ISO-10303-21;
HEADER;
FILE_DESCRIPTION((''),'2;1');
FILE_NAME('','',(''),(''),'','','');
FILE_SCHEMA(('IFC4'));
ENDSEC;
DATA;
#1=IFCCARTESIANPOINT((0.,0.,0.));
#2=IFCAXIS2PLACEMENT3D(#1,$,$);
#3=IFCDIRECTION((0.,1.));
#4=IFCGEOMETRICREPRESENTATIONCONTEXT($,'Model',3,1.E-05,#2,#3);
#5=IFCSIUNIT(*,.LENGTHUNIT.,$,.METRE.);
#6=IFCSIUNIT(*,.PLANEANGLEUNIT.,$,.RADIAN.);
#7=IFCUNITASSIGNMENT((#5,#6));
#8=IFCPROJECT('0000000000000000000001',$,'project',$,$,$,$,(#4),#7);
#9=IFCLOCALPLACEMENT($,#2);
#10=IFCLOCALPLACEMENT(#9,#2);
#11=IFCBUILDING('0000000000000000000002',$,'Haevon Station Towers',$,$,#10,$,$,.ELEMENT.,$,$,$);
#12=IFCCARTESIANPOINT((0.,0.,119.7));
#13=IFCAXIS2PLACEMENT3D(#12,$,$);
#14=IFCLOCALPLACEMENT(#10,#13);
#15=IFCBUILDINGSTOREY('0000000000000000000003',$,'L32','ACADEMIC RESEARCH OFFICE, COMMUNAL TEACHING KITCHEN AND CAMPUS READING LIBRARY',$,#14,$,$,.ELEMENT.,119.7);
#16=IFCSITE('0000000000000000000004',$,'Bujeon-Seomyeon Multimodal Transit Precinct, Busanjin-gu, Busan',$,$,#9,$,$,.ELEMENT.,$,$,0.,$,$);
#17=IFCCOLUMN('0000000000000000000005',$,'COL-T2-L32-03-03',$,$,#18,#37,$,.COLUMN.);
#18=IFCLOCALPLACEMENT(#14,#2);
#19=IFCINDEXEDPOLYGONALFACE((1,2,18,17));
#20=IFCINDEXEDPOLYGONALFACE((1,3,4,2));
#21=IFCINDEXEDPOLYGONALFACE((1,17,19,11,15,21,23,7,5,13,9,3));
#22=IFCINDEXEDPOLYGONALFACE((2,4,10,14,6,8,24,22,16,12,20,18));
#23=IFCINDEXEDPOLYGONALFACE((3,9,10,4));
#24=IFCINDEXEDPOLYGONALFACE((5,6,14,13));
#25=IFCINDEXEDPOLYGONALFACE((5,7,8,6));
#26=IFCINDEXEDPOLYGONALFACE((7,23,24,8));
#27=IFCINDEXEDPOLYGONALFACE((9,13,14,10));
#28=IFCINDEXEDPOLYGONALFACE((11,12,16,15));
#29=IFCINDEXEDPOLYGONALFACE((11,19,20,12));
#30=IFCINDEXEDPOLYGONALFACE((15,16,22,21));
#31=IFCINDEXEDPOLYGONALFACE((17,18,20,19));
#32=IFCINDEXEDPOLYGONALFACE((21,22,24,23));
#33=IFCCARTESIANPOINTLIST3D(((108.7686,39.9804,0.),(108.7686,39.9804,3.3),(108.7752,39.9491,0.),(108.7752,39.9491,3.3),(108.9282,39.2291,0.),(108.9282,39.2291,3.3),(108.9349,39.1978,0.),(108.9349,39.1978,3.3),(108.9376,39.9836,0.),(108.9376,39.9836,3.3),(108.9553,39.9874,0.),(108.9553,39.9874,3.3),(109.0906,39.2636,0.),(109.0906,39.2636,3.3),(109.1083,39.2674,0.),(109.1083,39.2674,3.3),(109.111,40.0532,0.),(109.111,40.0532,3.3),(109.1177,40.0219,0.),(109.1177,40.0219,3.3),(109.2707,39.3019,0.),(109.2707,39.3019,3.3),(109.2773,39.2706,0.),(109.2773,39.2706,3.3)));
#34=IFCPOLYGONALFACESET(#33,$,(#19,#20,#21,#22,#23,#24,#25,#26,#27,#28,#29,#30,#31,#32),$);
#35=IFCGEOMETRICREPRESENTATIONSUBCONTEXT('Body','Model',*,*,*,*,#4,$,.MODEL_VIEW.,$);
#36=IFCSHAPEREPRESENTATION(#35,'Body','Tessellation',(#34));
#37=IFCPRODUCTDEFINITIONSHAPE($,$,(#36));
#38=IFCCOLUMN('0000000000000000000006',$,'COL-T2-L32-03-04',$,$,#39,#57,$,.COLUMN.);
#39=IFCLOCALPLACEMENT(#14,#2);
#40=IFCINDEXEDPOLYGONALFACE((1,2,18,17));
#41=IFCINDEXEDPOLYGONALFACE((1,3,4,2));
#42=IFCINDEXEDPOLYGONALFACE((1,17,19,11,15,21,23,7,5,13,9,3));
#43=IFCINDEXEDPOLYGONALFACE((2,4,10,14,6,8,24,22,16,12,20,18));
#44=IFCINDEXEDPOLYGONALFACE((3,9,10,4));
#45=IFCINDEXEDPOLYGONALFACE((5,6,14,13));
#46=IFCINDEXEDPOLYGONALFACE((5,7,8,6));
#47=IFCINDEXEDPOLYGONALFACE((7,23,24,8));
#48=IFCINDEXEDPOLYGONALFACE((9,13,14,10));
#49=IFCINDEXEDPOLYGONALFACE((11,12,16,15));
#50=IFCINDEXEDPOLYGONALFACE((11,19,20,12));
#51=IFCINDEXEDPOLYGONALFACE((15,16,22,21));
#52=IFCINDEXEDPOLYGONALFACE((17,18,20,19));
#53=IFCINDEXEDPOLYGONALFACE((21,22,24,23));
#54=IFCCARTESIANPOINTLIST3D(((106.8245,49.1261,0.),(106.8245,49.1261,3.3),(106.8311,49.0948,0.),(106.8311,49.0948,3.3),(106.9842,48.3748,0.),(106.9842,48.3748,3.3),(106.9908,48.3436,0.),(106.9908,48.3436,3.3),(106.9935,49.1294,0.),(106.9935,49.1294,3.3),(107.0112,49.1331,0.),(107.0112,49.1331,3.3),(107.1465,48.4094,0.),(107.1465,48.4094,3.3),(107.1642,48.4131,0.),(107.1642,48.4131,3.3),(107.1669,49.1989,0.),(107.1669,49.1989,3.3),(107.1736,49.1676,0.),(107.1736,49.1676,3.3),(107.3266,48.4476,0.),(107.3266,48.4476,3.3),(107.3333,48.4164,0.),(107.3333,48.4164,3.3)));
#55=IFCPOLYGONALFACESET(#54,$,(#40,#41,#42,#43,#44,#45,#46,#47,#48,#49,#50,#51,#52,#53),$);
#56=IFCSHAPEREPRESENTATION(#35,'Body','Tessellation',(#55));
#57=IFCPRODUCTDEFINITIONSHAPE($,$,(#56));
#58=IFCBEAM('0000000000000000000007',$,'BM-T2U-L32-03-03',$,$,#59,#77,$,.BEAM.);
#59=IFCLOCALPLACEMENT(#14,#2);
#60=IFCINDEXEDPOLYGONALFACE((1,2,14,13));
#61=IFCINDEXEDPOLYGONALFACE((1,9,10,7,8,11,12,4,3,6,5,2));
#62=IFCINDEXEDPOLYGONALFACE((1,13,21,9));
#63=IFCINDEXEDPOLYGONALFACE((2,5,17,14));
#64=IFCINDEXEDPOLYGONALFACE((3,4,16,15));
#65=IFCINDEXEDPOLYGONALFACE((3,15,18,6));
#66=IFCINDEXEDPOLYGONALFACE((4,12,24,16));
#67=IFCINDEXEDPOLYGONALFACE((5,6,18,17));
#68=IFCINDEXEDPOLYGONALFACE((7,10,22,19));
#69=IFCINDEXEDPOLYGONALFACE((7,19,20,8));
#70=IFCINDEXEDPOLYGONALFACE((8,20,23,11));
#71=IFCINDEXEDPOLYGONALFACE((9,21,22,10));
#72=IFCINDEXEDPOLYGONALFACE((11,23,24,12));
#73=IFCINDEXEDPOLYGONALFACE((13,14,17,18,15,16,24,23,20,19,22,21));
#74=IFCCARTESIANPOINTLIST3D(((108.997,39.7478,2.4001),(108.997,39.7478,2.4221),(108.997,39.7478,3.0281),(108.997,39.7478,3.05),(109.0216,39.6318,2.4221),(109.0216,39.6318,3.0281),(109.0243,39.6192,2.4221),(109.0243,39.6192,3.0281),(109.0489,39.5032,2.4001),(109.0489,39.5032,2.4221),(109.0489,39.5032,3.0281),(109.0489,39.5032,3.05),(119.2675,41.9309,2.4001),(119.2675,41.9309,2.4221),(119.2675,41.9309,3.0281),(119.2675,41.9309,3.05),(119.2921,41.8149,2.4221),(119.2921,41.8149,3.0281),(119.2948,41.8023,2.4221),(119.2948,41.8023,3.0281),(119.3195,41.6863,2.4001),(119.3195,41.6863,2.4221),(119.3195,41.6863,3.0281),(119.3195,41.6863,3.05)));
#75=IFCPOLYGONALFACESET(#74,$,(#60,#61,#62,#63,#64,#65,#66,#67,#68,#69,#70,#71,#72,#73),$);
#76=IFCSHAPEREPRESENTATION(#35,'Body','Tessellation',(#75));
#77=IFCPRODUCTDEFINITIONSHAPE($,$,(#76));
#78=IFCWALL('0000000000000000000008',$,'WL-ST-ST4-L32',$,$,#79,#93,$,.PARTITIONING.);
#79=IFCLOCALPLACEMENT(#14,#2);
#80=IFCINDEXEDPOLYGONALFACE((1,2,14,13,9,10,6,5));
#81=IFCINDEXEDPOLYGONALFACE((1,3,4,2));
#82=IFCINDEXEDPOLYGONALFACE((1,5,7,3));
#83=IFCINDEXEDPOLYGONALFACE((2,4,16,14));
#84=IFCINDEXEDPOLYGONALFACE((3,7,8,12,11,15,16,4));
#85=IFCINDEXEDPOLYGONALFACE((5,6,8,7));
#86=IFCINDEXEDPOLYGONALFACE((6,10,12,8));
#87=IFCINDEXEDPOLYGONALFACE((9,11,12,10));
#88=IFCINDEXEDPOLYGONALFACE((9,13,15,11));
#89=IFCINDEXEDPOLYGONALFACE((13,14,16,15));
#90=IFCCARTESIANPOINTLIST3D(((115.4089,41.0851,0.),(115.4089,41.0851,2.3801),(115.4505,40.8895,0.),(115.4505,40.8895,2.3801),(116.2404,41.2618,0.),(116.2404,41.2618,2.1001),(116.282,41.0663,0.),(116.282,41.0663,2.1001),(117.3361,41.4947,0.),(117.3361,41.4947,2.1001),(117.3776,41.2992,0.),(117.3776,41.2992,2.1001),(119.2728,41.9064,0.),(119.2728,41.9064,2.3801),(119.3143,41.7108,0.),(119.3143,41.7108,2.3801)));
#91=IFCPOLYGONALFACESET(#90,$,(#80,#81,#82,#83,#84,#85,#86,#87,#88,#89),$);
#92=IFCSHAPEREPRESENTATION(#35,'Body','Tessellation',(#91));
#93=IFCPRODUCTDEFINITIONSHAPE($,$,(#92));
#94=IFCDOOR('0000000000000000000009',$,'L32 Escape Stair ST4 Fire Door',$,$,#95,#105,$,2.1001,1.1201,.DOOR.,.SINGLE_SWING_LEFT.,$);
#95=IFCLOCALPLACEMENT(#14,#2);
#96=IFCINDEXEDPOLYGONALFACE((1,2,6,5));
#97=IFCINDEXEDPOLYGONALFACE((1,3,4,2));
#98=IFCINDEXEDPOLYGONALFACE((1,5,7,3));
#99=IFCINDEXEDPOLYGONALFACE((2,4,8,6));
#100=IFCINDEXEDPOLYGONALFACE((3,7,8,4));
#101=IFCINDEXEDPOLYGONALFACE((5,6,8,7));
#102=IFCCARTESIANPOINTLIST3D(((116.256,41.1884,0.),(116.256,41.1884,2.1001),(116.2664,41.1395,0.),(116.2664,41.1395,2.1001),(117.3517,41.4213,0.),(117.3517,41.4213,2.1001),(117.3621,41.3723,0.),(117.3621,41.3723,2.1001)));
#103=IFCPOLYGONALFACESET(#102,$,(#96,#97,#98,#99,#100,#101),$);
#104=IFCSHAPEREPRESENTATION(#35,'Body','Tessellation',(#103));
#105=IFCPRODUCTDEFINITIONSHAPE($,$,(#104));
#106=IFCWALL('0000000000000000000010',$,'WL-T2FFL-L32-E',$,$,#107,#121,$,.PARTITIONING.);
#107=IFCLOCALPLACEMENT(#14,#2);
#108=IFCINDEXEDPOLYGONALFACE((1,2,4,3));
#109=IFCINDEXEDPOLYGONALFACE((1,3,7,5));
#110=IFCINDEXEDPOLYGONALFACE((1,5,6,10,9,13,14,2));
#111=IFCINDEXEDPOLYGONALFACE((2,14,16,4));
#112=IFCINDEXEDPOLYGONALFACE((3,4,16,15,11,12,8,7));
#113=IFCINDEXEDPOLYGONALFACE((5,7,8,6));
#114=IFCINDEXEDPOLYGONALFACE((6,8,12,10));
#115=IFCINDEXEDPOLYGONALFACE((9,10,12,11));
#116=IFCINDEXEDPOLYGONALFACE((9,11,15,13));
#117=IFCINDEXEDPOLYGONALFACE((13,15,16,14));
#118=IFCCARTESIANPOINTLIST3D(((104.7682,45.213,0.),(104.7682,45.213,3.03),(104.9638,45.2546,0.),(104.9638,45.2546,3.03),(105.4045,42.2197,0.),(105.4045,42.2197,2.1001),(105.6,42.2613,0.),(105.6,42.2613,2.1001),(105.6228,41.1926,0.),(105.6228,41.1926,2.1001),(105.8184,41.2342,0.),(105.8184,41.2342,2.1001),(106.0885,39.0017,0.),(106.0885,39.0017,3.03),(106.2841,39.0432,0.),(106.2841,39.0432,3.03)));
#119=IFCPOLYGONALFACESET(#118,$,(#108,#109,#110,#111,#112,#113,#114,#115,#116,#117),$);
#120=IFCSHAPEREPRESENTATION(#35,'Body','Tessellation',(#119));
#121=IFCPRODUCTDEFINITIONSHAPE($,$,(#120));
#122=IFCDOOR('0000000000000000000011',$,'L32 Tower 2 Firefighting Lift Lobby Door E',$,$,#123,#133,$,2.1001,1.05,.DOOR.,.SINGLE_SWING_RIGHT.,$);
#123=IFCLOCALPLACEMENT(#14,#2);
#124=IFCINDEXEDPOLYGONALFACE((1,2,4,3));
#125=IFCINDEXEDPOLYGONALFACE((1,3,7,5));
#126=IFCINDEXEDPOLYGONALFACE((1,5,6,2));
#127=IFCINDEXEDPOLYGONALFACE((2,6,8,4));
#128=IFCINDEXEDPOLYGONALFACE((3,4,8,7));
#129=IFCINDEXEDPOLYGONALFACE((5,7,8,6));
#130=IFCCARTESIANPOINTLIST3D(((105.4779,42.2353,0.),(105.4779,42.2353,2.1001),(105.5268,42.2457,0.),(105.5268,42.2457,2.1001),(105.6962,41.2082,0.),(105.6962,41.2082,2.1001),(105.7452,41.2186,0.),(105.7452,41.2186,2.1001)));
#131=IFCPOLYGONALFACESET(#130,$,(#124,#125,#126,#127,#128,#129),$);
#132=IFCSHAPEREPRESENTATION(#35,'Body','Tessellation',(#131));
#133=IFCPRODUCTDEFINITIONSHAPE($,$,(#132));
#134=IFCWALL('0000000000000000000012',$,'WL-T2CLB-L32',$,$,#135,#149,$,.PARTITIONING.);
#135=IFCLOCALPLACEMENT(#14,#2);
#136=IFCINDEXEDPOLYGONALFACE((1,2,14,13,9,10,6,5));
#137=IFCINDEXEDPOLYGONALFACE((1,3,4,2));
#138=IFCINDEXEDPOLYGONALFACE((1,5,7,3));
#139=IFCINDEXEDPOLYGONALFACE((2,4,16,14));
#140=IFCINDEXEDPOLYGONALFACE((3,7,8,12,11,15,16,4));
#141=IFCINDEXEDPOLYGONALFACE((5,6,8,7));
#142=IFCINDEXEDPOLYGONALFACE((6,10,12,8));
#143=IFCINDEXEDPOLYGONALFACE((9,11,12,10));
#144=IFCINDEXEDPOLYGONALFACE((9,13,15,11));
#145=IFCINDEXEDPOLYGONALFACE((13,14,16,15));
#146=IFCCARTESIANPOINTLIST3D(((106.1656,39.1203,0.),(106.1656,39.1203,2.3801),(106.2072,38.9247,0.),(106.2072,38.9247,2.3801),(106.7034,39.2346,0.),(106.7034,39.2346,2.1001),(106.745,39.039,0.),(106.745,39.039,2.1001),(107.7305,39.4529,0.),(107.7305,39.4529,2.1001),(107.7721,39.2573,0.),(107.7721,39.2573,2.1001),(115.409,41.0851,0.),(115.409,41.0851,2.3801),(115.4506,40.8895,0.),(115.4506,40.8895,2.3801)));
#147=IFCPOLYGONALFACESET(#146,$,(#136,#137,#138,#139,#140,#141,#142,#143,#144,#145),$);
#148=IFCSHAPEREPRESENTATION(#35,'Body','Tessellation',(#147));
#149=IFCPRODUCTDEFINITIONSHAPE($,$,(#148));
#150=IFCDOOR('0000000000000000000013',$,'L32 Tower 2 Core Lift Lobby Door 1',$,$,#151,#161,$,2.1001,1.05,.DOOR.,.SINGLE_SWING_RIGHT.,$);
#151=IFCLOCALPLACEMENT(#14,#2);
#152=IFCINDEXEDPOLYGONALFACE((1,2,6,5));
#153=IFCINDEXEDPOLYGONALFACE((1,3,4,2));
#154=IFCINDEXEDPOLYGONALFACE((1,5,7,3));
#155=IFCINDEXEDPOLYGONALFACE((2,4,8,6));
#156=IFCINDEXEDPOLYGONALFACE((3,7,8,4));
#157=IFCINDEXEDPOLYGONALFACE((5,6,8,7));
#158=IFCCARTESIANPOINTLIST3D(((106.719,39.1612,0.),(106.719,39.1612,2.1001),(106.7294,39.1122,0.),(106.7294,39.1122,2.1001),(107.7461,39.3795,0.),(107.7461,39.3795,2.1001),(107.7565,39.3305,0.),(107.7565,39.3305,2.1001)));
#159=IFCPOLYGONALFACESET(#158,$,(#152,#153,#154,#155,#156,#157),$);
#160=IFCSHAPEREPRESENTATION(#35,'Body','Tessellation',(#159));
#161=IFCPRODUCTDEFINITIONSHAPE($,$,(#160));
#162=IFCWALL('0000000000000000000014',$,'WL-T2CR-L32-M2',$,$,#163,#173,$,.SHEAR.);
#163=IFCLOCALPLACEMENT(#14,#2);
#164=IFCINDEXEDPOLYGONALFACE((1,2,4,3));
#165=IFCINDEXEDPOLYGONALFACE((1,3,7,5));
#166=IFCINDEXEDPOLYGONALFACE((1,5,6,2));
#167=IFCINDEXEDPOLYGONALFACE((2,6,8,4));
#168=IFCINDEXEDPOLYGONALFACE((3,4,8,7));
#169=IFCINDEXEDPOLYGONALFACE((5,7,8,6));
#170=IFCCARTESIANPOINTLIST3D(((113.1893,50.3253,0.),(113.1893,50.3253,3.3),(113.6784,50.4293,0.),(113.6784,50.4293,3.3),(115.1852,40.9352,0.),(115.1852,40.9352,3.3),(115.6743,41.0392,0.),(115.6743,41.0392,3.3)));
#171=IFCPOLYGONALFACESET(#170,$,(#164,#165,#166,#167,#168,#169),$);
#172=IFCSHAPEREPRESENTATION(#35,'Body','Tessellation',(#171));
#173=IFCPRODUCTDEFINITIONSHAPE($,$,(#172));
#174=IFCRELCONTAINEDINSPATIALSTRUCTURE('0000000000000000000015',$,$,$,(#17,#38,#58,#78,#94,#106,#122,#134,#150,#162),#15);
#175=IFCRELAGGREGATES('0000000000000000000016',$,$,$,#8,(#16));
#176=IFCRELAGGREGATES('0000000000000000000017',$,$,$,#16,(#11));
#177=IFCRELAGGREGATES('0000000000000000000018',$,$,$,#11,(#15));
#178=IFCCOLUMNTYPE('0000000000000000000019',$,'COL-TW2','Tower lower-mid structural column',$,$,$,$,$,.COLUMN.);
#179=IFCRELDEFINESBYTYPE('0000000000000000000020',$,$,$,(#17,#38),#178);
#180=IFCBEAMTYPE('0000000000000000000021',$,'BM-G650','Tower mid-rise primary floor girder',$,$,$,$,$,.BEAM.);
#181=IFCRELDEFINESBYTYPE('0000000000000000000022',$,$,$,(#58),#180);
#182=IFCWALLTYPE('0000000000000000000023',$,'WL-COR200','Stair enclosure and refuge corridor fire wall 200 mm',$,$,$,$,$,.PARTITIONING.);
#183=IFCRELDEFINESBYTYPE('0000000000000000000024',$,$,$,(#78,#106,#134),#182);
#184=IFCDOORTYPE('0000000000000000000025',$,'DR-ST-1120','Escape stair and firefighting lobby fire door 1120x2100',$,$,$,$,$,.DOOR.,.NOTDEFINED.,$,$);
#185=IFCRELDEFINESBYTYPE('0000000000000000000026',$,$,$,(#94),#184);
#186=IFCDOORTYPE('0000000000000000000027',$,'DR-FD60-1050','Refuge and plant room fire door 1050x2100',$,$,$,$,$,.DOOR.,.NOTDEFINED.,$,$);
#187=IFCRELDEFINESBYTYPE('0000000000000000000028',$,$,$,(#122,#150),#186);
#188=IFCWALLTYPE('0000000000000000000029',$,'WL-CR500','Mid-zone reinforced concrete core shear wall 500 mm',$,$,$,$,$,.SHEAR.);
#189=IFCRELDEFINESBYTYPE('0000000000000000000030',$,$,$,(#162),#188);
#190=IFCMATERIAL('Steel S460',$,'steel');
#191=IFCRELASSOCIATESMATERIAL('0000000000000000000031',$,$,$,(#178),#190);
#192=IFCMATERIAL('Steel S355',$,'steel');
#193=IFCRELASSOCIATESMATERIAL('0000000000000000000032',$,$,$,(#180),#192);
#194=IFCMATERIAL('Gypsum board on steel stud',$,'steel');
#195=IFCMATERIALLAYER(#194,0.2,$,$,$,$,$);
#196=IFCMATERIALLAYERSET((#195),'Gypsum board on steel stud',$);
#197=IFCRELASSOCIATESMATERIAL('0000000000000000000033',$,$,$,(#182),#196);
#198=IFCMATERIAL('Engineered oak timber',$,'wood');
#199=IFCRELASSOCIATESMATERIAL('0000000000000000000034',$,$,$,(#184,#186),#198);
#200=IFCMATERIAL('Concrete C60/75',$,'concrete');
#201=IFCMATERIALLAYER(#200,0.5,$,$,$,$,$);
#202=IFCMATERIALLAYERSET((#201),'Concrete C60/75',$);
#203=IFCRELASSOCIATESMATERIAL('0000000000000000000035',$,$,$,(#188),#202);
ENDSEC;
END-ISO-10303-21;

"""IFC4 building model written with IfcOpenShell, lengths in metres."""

from ifc_helpers import new_model, si_unit, direction, frame, frame_2d, origin, origin_2d, place, context, subcontext, project, spatial, rectangle, i_section, extrude, material, layer, layer_set, material_profile, profile_set, type_object, element, fill, save


model = new_model("IFC4")

# Units and contexts
model_context = context("Model", 3, precision=1e-05, world=origin(), true_north=direction((0.0, 1.0)))
body_context = subcontext(model_context, "Body", "Model", "MODEL_VIEW")
ifc_project = project(units=[si_unit("LENGTHUNIT", "METRE"), si_unit("PLANEANGLEUNIT", "RADIAN")], contexts=[model_context])

# Site, building, storey
site_placement = place(None, origin())
site = spatial("IfcSite", under=ifc_project, at=site_placement, Name="Bujeon-Seomyeon Multimodal Transit Precinct, Busanjin-gu, Busan", CompositionType="ELEMENT", RefElevation=0.0)
building_placement = place(site_placement, origin())
building = spatial("IfcBuilding", under=site, at=building_placement, Name="Haevon Station Towers", CompositionType="ELEMENT")
storey_placement = place(building_placement, frame((0.0, 0.0, 119.7)))
storey = spatial("IfcBuildingStorey", under=building, at=storey_placement, Name="L32", Description="ACADEMIC RESEARCH OFFICE, COMMUNAL TEACHING KITCHEN AND CAMPUS READING LIBRARY", CompositionType="ELEMENT", Elevation=119.7)

# Columns
ifc_material_1 = material(Name="Steel S460", Category="steel")
ifc_material_profile_1 = material_profile(ifc_material_1, i_section(OverallWidth=0.3501, OverallDepth=0.8, WebThickness=0.0181, FlangeThickness=0.032, at=origin_2d()), Name="H-800x350x18x32")
ifc_profile_set_1 = profile_set([ifc_material_profile_1], Name="Steel S460")
column_type = type_object("IfcColumnType", Name="COL-TW2", Description="Tower lower-mid structural column", PredefinedType="COLUMN", material=ifc_profile_set_1)
for number, where, z_axis, x_axis, name in (
    (1, (109.0229, 39.6255, 0.0), (0.0, 0.0, 1.0), (0.978148, 0.207912, 0.0), "COL-T2-L32-03-03"),
    (2, (107.0789, 48.7712, 0.0), (0.0, 0.0, 1.0), (0.978148, 0.207912, 0.0), "COL-T2-L32-03-04"),
):
    element("IfcColumn", number, at=place(storey_placement, frame(where, z_axis=z_axis, x_axis=x_axis)), inside=storey, type_object=column_type, Name=name, PredefinedType="COLUMN", context=body_context, shape_type="SweptSolid", body=[
        extrude(i_section(OverallWidth=0.3501, OverallDepth=0.8, WebThickness=0.0181, FlangeThickness=0.032, at=origin_2d()), origin(), (0.0, 0.0, 1.0), 3.3),
    ])

# Beam
ifc_material_2 = material(Name="Steel S355", Category="steel")
ifc_material_profile_2 = material_profile(ifc_material_2, i_section(OverallWidth=0.25, OverallDepth=0.6499, WebThickness=0.0129, FlangeThickness=0.022, at=origin_2d()), Name="H-650x250x13x22")
ifc_profile_set_2 = profile_set([ifc_material_profile_2], Name="Steel S355")
beam_type = type_object("IfcBeamType", Name="BM-G650", Description="Tower mid-rise primary floor girder", PredefinedType="BEAM", material=ifc_profile_set_2)
beam_placement = place(storey_placement, frame((109.0229, 39.6255, 2.7251), z_axis=(0.978147, 0.207915, 0.0), x_axis=(-0.207915, 0.978147, 0.0)))
element("IfcBeam", 3, at=beam_placement, inside=storey, type_object=beam_type, Name="BM-T2U-L32-03-03", PredefinedType="BEAM", context=body_context, shape_type="SweptSolid", body=[
    extrude(i_section(OverallWidth=0.25, OverallDepth=0.6499, WebThickness=0.0129, FlangeThickness=0.022, at=origin_2d()), origin(), (0.0, 0.0, 1.0), 10.5),
])

# Walls, openings, doors
ifc_material_3 = material(Name="Gypsum board on steel stud", Category="steel")
ifc_layer_1 = layer(ifc_material_3, 0.2)
ifc_layer_set_1 = layer_set([ifc_layer_1], Name="Gypsum board on steel stud")
wall_type_1 = type_object("IfcWallType", Name="WL-COR200", Description="Stair enclosure and refuge corridor fire wall 200 mm", PredefinedType="PARTITIONING", material=ifc_layer_set_1)
wall_1_placement = place(storey_placement, frame((115.4297, 40.9873, 0.0), z_axis=(0.0, 0.0, 1.0), x_axis=(0.978147, 0.207916, 0.0)))
wall_1 = element("IfcWall", 4, at=wall_1_placement, inside=storey, type_object=wall_type_1, Name="WL-ST-ST4-L32", PredefinedType="PARTITIONING", context=body_context, shape_type="SweptSolid", body=[
    extrude(rectangle(XDim=3.9502, YDim=0.2, at=frame_2d((1.9751, 0.0))), origin(), (0.0, 0.0, 1.0), 2.3801),
])
opening_1_placement = place(wall_1_placement, frame((0.8501, 0.0, 0.0)))
opening_1 = element("IfcOpeningElement", 5, at=opening_1_placement, cuts=wall_1, PredefinedType="OPENING", context=body_context, shape_type="SweptSolid", body=[
    extrude(rectangle(XDim=1.1201, YDim=2.1001, at=frame_2d((0.5601, 1.05))), frame((0.0, 0.1099, 0.0), z_axis=(0.0, -1.0, 0.0), x_axis=(1.0, 0.0, 0.0)), (0.0, 0.0, 1.0), 0.22),
])
ifc_material_4 = material(Name="Engineered oak timber", Category="wood")
door_type_1 = type_object("IfcDoorType", Name="DR-ST-1120", Description="Escape stair and firefighting lobby fire door 1120x2100", OperationType="NOTDEFINED", PredefinedType="DOOR", material=ifc_material_4)
door_1_placement = place(opening_1_placement, origin())
door_1 = element("IfcDoor", 6, at=door_1_placement, inside=storey, type_object=door_type_1, Name="L32 Escape Stair ST4 Fire Door", OperationType="SINGLE_SWING_LEFT", OverallHeight=2.1001, OverallWidth=1.1201, PredefinedType="DOOR", context=body_context, shape_type="SweptSolid", body=[
    extrude(rectangle(XDim=1.1201, YDim=2.1001, at=frame_2d((0.5601, 1.05))), frame((0.0, 0.0249, 0.0), z_axis=(0.0, -1.0, 0.0), x_axis=(1.0, 0.0, 0.0)), (0.0, 0.0, 1.0), 0.05),
])
fill(opening_1, door_1)
wall_2_placement = place(storey_placement, frame((106.1863, 39.0225, 0.0), z_axis=(0.0, 0.0, 1.0), x_axis=(-0.207917, 0.978147, 0.0)))
wall_2 = element("IfcWall", 7, at=wall_2_placement, inside=storey, type_object=wall_type_1, Name="WL-T2FFL-L32-E", PredefinedType="PARTITIONING", context=body_context, shape_type="SweptSolid", body=[
    extrude(rectangle(XDim=6.3501, YDim=0.2, at=frame_2d((3.175, 0.0))), origin(), (0.0, 0.0, 1.0), 3.03),
])
opening_2_placement = place(wall_2_placement, frame((2.24, 0.0, 0.0)))
opening_2 = element("IfcOpeningElement", 8, at=opening_2_placement, cuts=wall_2, PredefinedType="OPENING", context=body_context, shape_type="SweptSolid", body=[
    extrude(rectangle(XDim=1.05, YDim=2.1001, at=frame_2d((0.5249, 1.05))), frame((0.0, 0.1099, 0.0), z_axis=(0.0, -1.0, 0.0), x_axis=(1.0, 0.0, 0.0)), (0.0, 0.0, 1.0), 0.22),
])
door_type_2 = type_object("IfcDoorType", Name="DR-FD60-1050", Description="Refuge and plant room fire door 1050x2100", OperationType="NOTDEFINED", PredefinedType="DOOR", material=ifc_material_4)
door_2_placement = place(opening_2_placement, origin())
door_2 = element("IfcDoor", 9, at=door_2_placement, inside=storey, type_object=door_type_2, Name="L32 Tower 2 Firefighting Lift Lobby Door E", OperationType="SINGLE_SWING_RIGHT", OverallHeight=2.1001, OverallWidth=1.05, PredefinedType="DOOR", context=body_context, shape_type="SweptSolid", body=[
    extrude(rectangle(XDim=1.05, YDim=2.1001, at=frame_2d((0.5249, 1.05))), frame((0.0, 0.0249, 0.0), z_axis=(0.0, -1.0, 0.0), x_axis=(1.0, 0.0, 0.0)), (0.0, 0.0, 1.0), 0.05),
])
fill(opening_2, door_2)
wall_3_placement = place(storey_placement, frame((106.1863, 39.0225, 0.0), z_axis=(0.0, 0.0, 1.0), x_axis=(0.978146, 0.207921, 0.0)))
wall_3 = element("IfcWall", 10, at=wall_3_placement, inside=storey, type_object=wall_type_1, Name="WL-T2CLB-L32", PredefinedType="PARTITIONING", context=body_context, shape_type="SweptSolid", body=[
    extrude(rectangle(XDim=9.45, YDim=0.2, at=frame_2d((4.7251, 0.0))), origin(), (0.0, 0.0, 1.0), 2.3801),
])
opening_3_placement = place(wall_3_placement, frame((0.55, 0.0, 0.0)))
opening_3 = element("IfcOpeningElement", 11, at=opening_3_placement, cuts=wall_3, PredefinedType="OPENING", context=body_context, shape_type="SweptSolid", body=[
    extrude(rectangle(XDim=1.05, YDim=2.1001, at=frame_2d((0.5249, 1.05))), frame((0.0, 0.1099, 0.0), z_axis=(0.0, -1.0, 0.0), x_axis=(1.0, 0.0, 0.0)), (0.0, 0.0, 1.0), 0.22),
])
door_3_placement = place(opening_3_placement, origin())
door_3 = element("IfcDoor", 12, at=door_3_placement, inside=storey, type_object=door_type_2, Name="L32 Tower 2 Core Lift Lobby Door 1", OperationType="SINGLE_SWING_RIGHT", OverallHeight=2.1001, OverallWidth=1.05, PredefinedType="DOOR", context=body_context, shape_type="SweptSolid", body=[
    extrude(rectangle(XDim=1.05, YDim=2.1001, at=frame_2d((0.5249, 1.05))), frame((0.0, 0.0249, 0.0), z_axis=(0.0, -1.0, 0.0), x_axis=(1.0, 0.0, 0.0)), (0.0, 0.0, 1.0), 0.05),
])
fill(opening_3, door_3)

# Wall
ifc_material_5 = material(Name="Concrete C60/75", Category="concrete")
ifc_layer_2 = layer(ifc_material_5, 0.5)
ifc_layer_set_2 = layer_set([ifc_layer_2], Name="Concrete C60/75")
wall_type_2 = type_object("IfcWallType", Name="WL-CR500", Description="Mid-zone reinforced concrete core shear wall 500 mm", PredefinedType="SHEAR", material=ifc_layer_set_2)
wall_4_placement = place(storey_placement, frame((115.4297, 40.9873, 0.0), z_axis=(0.0, 0.0, 1.0), x_axis=(-0.207903, 0.978149, 0.0)))
element("IfcWall", 13, at=wall_4_placement, inside=storey, type_object=wall_type_2, Name="WL-T2CR-L32-M2", PredefinedType="SHEAR", context=body_context, shape_type="SweptSolid", body=[
    extrude(rectangle(XDim=9.5999, YDim=0.5, at=frame_2d((4.7998, 0.0))), origin(), (0.0, 0.0, 1.0), 3.3),
])

save(model, "model.ifc")
